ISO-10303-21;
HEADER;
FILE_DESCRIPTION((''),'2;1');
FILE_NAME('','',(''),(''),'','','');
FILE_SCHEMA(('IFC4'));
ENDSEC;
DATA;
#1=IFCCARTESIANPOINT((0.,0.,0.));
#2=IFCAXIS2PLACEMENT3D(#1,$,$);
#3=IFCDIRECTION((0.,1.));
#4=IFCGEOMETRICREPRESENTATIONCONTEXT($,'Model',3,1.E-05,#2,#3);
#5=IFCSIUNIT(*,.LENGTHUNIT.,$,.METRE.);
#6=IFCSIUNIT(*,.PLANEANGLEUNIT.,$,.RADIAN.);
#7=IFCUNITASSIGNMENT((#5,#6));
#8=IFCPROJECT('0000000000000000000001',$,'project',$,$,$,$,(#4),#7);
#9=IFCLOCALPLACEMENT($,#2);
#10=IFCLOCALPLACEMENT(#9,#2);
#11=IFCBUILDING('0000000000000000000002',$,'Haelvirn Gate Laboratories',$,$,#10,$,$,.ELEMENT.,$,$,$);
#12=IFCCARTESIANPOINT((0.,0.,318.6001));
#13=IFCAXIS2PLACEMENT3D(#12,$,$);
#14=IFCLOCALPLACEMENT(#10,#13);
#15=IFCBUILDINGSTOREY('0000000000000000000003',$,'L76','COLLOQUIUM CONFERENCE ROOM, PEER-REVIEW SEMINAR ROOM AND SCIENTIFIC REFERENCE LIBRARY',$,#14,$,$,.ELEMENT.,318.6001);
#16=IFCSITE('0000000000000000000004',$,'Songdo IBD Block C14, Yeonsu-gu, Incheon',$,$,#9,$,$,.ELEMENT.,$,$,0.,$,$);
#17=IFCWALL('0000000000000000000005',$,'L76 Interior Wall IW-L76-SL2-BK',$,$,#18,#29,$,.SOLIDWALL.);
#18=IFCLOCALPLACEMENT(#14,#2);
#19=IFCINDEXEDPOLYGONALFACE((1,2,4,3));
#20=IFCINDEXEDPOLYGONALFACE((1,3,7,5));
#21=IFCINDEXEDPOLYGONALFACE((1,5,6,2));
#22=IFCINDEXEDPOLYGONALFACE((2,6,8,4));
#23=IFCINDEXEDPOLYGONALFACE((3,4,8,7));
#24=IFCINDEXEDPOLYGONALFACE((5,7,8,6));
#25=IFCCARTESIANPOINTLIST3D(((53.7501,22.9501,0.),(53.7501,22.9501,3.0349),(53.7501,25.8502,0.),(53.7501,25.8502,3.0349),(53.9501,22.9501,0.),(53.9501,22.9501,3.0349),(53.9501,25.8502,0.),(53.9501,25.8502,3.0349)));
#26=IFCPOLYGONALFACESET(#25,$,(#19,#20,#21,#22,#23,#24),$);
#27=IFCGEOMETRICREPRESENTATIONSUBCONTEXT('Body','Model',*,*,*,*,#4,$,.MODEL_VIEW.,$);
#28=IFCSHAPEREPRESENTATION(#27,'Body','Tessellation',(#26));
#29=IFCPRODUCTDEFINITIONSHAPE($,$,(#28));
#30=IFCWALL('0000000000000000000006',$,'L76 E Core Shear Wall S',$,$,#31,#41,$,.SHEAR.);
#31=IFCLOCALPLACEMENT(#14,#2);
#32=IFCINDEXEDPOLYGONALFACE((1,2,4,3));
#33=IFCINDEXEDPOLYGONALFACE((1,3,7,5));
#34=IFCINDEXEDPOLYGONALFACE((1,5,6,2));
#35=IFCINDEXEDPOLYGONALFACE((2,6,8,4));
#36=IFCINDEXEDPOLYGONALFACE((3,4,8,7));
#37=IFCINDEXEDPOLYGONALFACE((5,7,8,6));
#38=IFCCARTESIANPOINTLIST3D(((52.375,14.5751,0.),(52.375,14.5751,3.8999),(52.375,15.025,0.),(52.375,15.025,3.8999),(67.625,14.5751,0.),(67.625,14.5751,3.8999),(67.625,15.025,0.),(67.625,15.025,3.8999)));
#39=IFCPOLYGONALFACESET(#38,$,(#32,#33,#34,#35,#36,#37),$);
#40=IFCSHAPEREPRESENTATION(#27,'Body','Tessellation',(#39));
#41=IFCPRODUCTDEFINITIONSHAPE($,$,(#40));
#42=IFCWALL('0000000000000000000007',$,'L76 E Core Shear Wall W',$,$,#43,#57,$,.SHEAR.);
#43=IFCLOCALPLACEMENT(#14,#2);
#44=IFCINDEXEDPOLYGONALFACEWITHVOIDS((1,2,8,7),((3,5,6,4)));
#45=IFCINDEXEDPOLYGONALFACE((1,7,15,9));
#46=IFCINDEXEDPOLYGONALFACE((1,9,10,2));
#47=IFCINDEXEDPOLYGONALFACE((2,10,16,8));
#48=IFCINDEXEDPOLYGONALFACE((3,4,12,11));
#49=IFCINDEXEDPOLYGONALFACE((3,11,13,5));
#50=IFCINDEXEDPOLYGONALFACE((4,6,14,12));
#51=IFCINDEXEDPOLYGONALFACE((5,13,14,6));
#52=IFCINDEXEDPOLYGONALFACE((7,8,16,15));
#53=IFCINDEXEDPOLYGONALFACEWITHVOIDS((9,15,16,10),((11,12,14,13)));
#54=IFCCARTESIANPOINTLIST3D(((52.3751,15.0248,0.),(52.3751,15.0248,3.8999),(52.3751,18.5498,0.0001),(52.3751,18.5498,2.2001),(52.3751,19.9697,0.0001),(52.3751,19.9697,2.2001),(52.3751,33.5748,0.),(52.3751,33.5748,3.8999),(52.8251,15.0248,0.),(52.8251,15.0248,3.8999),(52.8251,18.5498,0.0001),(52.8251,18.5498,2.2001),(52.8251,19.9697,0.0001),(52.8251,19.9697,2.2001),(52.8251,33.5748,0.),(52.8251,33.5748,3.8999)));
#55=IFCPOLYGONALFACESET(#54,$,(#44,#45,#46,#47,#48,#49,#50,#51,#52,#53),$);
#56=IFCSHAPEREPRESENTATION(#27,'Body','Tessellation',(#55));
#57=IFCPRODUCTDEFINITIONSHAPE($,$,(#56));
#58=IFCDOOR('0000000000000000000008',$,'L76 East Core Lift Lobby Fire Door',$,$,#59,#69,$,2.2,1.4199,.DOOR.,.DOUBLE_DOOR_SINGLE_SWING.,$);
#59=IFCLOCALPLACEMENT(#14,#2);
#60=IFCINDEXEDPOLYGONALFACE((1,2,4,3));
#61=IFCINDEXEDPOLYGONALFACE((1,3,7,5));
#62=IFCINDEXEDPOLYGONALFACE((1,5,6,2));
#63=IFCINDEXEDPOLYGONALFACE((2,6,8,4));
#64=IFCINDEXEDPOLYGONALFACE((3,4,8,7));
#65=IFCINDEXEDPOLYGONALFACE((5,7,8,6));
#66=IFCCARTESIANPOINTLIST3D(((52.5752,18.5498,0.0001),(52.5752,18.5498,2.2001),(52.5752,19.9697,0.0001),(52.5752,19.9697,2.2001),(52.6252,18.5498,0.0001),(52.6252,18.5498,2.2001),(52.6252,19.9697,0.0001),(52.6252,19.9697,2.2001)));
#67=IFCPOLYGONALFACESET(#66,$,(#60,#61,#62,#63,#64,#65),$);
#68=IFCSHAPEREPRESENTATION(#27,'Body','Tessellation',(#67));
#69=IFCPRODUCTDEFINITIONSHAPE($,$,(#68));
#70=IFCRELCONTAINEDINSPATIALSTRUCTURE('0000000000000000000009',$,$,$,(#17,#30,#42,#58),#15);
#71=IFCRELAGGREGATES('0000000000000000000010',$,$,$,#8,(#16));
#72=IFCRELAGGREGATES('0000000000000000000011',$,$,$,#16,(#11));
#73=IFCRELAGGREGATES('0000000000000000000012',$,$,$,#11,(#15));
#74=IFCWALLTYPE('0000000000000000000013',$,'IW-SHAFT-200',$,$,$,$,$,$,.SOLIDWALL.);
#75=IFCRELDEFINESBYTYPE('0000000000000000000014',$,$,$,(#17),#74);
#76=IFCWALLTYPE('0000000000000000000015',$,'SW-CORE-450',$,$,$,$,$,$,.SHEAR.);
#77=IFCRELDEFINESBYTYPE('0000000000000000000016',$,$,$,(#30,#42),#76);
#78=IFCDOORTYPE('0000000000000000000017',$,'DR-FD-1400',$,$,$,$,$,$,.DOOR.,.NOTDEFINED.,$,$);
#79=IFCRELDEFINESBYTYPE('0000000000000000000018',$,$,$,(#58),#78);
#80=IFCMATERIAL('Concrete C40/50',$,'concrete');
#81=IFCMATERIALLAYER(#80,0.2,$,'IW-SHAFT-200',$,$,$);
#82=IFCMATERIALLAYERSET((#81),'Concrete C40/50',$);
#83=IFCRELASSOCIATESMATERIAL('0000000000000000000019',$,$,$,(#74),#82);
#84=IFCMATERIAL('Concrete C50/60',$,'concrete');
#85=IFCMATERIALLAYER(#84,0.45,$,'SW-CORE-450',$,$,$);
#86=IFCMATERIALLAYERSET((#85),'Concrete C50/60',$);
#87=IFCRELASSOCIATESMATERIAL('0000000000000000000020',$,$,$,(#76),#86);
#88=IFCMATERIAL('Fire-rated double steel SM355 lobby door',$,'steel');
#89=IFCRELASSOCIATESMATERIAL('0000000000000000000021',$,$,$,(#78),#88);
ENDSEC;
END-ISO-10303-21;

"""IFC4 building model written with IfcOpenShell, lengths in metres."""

from ifc_helpers import new_model, si_unit, direction, frame, frame_2d, origin, place, context, subcontext, project, spatial, rectangle, extrude, source, transform, mapped, material, layer, layer_set, type_object, type_shapes, element, fill, save


model = new_model("IFC4")

# Units and contexts
model_context = context("Model", 3, precision=1e-05, world=origin(), true_north=direction((0.0, 1.0)))
body_context = subcontext(model_context, "Body", "Model", "MODEL_VIEW")
ifc_project = project(units=[si_unit("LENGTHUNIT", "METRE"), si_unit("PLANEANGLEUNIT", "RADIAN")], contexts=[model_context])

# Site, building, storey
site_placement = place(None, origin())
site = spatial("IfcSite", under=ifc_project, at=site_placement, Name="Songdo IBD Block C14, Yeonsu-gu, Incheon", CompositionType="ELEMENT", RefElevation=0.0)
building_placement = place(site_placement, origin())
building = spatial("IfcBuilding", under=site, at=building_placement, Name="Haelvirn Gate Laboratories", CompositionType="ELEMENT")
storey_placement = place(building_placement, frame((0.0, 0.0, 318.6001)))
storey = spatial("IfcBuildingStorey", under=building, at=storey_placement, Name="L76", Description="COLLOQUIUM CONFERENCE ROOM, PEER-REVIEW SEMINAR ROOM AND SCIENTIFIC REFERENCE LIBRARY", CompositionType="ELEMENT", Elevation=318.6001)

# Shared definitions
ifc_material_1 = material(Name="Concrete C50/60", Category="concrete")

# Walls
ifc_material_2 = material(Name="Concrete C40/50", Category="concrete")
ifc_layer_1 = layer(ifc_material_2, 0.2, Name="IW-SHAFT-200")
ifc_layer_set_1 = layer_set([ifc_layer_1], Name="Concrete C40/50")
wall_type_1 = type_object("IfcWallType", Name="IW-SHAFT-200", PredefinedType="SOLIDWALL", material=ifc_layer_set_1)
wall_1_placement = place(storey_placement, frame((53.8501, 22.95, 0.0), z_axis=(0.0, 0.0, 1.0), x_axis=(0.0, 1.0, 0.0)))
element("IfcWall", 1, at=wall_1_placement, inside=storey, type_object=wall_type_1, Name="L76 Interior Wall IW-L76-SL2-BK", PredefinedType="SOLIDWALL", context=body_context, shape_type="SweptSolid", body=[
    extrude(rectangle(XDim=2.9001, YDim=0.2, at=frame_2d((1.4502, 0.0))), origin(), (0.0, 0.0, 1.0), 3.0349),
])
ifc_layer_2 = layer(ifc_material_1, 0.45, Name="SW-CORE-450")
ifc_layer_set_2 = layer_set([ifc_layer_2], Name="Concrete C50/60")
wall_type_2 = type_object("IfcWallType", Name="SW-CORE-450", PredefinedType="SHEAR", material=ifc_layer_set_2)
wall_2_placement = place(storey_placement, frame((52.375, 14.8, 0.0), z_axis=(0.0, 0.0, 1.0), x_axis=(1.0, 0.0, 0.0)))
element("IfcWall", 2, at=wall_2_placement, inside=storey, type_object=wall_type_2, Name="L76 E Core Shear Wall S", PredefinedType="SHEAR", context=body_context, shape_type="SweptSolid", body=[
    extrude(rectangle(XDim=15.25, YDim=0.45, at=frame_2d((7.625, 0.0))), origin(), (0.0, 0.0, 1.0), 3.8999),
])

# Wall, opening, door
wall_3_placement = place(storey_placement, frame((52.6001, 15.0249, 0.0), z_axis=(0.0, 0.0, 1.0), x_axis=(0.0, 1.0, 0.0)))
wall_3 = element("IfcWall", 3, at=wall_3_placement, inside=storey, type_object=wall_type_2, Name="L76 E Core Shear Wall W", PredefinedType="SHEAR", context=body_context, shape_type="SweptSolid", body=[
    extrude(rectangle(XDim=18.55, YDim=0.45, at=frame_2d((9.2749, 0.0))), origin(), (0.0, 0.0, 1.0), 3.8999),
])
opening_1_placement = place(wall_3_placement, frame((3.5249, 0.0, 0.0)))
opening_1 = element("IfcOpeningElement", 4, at=opening_1_placement, cuts=wall_3, PredefinedType="OPENING", context=body_context, shape_type="SweptSolid", body=[
    extrude(rectangle(XDim=1.4199, YDim=2.2, at=frame_2d((0.71, 1.1001))), frame((0.0, 0.2349, 0.0), z_axis=(0.0, -1.0, 0.0), x_axis=(1.0, 0.0, 0.0)), (0.0, 0.0, 1.0), 0.47),
])
ifc_material_3 = material(Name="Fire-rated double steel SM355 lobby door", Category="steel")
door_type_1 = type_object("IfcDoorType", Name="DR-FD-1400", OperationType="NOTDEFINED", PredefinedType="DOOR", material=ifc_material_3)
shared_shape_1 = source(origin(), body_context, "Body", "SweptSolid", [
    extrude(rectangle(XDim=1.4199, YDim=2.2, at=frame_2d((0.71, 1.1001))), frame((0.0, 0.0249, 0.0), z_axis=(0.0, -1.0, 0.0), x_axis=(1.0, 0.0, 0.0)), (0.0, 0.0, 1.0), 0.05),
])
type_shapes(door_type_1, [shared_shape_1])
door_1_placement = place(opening_1_placement, origin())
door_1 = element("IfcDoor", 5, at=door_1_placement, inside=storey, type_object=door_type_1, Name="L76 East Core Lift Lobby Fire Door", OperationType="DOUBLE_DOOR_SINGLE_SWING", OverallHeight=2.2, OverallWidth=1.4199, PredefinedType="DOOR", context=body_context, shape_type="MappedRepresentation", body=[
    mapped(shared_shape_1, transform((0.0, 0.0, 0.0), scale=1.0)),
])
fill(opening_1, door_1)

save(model, "model.ifc")
